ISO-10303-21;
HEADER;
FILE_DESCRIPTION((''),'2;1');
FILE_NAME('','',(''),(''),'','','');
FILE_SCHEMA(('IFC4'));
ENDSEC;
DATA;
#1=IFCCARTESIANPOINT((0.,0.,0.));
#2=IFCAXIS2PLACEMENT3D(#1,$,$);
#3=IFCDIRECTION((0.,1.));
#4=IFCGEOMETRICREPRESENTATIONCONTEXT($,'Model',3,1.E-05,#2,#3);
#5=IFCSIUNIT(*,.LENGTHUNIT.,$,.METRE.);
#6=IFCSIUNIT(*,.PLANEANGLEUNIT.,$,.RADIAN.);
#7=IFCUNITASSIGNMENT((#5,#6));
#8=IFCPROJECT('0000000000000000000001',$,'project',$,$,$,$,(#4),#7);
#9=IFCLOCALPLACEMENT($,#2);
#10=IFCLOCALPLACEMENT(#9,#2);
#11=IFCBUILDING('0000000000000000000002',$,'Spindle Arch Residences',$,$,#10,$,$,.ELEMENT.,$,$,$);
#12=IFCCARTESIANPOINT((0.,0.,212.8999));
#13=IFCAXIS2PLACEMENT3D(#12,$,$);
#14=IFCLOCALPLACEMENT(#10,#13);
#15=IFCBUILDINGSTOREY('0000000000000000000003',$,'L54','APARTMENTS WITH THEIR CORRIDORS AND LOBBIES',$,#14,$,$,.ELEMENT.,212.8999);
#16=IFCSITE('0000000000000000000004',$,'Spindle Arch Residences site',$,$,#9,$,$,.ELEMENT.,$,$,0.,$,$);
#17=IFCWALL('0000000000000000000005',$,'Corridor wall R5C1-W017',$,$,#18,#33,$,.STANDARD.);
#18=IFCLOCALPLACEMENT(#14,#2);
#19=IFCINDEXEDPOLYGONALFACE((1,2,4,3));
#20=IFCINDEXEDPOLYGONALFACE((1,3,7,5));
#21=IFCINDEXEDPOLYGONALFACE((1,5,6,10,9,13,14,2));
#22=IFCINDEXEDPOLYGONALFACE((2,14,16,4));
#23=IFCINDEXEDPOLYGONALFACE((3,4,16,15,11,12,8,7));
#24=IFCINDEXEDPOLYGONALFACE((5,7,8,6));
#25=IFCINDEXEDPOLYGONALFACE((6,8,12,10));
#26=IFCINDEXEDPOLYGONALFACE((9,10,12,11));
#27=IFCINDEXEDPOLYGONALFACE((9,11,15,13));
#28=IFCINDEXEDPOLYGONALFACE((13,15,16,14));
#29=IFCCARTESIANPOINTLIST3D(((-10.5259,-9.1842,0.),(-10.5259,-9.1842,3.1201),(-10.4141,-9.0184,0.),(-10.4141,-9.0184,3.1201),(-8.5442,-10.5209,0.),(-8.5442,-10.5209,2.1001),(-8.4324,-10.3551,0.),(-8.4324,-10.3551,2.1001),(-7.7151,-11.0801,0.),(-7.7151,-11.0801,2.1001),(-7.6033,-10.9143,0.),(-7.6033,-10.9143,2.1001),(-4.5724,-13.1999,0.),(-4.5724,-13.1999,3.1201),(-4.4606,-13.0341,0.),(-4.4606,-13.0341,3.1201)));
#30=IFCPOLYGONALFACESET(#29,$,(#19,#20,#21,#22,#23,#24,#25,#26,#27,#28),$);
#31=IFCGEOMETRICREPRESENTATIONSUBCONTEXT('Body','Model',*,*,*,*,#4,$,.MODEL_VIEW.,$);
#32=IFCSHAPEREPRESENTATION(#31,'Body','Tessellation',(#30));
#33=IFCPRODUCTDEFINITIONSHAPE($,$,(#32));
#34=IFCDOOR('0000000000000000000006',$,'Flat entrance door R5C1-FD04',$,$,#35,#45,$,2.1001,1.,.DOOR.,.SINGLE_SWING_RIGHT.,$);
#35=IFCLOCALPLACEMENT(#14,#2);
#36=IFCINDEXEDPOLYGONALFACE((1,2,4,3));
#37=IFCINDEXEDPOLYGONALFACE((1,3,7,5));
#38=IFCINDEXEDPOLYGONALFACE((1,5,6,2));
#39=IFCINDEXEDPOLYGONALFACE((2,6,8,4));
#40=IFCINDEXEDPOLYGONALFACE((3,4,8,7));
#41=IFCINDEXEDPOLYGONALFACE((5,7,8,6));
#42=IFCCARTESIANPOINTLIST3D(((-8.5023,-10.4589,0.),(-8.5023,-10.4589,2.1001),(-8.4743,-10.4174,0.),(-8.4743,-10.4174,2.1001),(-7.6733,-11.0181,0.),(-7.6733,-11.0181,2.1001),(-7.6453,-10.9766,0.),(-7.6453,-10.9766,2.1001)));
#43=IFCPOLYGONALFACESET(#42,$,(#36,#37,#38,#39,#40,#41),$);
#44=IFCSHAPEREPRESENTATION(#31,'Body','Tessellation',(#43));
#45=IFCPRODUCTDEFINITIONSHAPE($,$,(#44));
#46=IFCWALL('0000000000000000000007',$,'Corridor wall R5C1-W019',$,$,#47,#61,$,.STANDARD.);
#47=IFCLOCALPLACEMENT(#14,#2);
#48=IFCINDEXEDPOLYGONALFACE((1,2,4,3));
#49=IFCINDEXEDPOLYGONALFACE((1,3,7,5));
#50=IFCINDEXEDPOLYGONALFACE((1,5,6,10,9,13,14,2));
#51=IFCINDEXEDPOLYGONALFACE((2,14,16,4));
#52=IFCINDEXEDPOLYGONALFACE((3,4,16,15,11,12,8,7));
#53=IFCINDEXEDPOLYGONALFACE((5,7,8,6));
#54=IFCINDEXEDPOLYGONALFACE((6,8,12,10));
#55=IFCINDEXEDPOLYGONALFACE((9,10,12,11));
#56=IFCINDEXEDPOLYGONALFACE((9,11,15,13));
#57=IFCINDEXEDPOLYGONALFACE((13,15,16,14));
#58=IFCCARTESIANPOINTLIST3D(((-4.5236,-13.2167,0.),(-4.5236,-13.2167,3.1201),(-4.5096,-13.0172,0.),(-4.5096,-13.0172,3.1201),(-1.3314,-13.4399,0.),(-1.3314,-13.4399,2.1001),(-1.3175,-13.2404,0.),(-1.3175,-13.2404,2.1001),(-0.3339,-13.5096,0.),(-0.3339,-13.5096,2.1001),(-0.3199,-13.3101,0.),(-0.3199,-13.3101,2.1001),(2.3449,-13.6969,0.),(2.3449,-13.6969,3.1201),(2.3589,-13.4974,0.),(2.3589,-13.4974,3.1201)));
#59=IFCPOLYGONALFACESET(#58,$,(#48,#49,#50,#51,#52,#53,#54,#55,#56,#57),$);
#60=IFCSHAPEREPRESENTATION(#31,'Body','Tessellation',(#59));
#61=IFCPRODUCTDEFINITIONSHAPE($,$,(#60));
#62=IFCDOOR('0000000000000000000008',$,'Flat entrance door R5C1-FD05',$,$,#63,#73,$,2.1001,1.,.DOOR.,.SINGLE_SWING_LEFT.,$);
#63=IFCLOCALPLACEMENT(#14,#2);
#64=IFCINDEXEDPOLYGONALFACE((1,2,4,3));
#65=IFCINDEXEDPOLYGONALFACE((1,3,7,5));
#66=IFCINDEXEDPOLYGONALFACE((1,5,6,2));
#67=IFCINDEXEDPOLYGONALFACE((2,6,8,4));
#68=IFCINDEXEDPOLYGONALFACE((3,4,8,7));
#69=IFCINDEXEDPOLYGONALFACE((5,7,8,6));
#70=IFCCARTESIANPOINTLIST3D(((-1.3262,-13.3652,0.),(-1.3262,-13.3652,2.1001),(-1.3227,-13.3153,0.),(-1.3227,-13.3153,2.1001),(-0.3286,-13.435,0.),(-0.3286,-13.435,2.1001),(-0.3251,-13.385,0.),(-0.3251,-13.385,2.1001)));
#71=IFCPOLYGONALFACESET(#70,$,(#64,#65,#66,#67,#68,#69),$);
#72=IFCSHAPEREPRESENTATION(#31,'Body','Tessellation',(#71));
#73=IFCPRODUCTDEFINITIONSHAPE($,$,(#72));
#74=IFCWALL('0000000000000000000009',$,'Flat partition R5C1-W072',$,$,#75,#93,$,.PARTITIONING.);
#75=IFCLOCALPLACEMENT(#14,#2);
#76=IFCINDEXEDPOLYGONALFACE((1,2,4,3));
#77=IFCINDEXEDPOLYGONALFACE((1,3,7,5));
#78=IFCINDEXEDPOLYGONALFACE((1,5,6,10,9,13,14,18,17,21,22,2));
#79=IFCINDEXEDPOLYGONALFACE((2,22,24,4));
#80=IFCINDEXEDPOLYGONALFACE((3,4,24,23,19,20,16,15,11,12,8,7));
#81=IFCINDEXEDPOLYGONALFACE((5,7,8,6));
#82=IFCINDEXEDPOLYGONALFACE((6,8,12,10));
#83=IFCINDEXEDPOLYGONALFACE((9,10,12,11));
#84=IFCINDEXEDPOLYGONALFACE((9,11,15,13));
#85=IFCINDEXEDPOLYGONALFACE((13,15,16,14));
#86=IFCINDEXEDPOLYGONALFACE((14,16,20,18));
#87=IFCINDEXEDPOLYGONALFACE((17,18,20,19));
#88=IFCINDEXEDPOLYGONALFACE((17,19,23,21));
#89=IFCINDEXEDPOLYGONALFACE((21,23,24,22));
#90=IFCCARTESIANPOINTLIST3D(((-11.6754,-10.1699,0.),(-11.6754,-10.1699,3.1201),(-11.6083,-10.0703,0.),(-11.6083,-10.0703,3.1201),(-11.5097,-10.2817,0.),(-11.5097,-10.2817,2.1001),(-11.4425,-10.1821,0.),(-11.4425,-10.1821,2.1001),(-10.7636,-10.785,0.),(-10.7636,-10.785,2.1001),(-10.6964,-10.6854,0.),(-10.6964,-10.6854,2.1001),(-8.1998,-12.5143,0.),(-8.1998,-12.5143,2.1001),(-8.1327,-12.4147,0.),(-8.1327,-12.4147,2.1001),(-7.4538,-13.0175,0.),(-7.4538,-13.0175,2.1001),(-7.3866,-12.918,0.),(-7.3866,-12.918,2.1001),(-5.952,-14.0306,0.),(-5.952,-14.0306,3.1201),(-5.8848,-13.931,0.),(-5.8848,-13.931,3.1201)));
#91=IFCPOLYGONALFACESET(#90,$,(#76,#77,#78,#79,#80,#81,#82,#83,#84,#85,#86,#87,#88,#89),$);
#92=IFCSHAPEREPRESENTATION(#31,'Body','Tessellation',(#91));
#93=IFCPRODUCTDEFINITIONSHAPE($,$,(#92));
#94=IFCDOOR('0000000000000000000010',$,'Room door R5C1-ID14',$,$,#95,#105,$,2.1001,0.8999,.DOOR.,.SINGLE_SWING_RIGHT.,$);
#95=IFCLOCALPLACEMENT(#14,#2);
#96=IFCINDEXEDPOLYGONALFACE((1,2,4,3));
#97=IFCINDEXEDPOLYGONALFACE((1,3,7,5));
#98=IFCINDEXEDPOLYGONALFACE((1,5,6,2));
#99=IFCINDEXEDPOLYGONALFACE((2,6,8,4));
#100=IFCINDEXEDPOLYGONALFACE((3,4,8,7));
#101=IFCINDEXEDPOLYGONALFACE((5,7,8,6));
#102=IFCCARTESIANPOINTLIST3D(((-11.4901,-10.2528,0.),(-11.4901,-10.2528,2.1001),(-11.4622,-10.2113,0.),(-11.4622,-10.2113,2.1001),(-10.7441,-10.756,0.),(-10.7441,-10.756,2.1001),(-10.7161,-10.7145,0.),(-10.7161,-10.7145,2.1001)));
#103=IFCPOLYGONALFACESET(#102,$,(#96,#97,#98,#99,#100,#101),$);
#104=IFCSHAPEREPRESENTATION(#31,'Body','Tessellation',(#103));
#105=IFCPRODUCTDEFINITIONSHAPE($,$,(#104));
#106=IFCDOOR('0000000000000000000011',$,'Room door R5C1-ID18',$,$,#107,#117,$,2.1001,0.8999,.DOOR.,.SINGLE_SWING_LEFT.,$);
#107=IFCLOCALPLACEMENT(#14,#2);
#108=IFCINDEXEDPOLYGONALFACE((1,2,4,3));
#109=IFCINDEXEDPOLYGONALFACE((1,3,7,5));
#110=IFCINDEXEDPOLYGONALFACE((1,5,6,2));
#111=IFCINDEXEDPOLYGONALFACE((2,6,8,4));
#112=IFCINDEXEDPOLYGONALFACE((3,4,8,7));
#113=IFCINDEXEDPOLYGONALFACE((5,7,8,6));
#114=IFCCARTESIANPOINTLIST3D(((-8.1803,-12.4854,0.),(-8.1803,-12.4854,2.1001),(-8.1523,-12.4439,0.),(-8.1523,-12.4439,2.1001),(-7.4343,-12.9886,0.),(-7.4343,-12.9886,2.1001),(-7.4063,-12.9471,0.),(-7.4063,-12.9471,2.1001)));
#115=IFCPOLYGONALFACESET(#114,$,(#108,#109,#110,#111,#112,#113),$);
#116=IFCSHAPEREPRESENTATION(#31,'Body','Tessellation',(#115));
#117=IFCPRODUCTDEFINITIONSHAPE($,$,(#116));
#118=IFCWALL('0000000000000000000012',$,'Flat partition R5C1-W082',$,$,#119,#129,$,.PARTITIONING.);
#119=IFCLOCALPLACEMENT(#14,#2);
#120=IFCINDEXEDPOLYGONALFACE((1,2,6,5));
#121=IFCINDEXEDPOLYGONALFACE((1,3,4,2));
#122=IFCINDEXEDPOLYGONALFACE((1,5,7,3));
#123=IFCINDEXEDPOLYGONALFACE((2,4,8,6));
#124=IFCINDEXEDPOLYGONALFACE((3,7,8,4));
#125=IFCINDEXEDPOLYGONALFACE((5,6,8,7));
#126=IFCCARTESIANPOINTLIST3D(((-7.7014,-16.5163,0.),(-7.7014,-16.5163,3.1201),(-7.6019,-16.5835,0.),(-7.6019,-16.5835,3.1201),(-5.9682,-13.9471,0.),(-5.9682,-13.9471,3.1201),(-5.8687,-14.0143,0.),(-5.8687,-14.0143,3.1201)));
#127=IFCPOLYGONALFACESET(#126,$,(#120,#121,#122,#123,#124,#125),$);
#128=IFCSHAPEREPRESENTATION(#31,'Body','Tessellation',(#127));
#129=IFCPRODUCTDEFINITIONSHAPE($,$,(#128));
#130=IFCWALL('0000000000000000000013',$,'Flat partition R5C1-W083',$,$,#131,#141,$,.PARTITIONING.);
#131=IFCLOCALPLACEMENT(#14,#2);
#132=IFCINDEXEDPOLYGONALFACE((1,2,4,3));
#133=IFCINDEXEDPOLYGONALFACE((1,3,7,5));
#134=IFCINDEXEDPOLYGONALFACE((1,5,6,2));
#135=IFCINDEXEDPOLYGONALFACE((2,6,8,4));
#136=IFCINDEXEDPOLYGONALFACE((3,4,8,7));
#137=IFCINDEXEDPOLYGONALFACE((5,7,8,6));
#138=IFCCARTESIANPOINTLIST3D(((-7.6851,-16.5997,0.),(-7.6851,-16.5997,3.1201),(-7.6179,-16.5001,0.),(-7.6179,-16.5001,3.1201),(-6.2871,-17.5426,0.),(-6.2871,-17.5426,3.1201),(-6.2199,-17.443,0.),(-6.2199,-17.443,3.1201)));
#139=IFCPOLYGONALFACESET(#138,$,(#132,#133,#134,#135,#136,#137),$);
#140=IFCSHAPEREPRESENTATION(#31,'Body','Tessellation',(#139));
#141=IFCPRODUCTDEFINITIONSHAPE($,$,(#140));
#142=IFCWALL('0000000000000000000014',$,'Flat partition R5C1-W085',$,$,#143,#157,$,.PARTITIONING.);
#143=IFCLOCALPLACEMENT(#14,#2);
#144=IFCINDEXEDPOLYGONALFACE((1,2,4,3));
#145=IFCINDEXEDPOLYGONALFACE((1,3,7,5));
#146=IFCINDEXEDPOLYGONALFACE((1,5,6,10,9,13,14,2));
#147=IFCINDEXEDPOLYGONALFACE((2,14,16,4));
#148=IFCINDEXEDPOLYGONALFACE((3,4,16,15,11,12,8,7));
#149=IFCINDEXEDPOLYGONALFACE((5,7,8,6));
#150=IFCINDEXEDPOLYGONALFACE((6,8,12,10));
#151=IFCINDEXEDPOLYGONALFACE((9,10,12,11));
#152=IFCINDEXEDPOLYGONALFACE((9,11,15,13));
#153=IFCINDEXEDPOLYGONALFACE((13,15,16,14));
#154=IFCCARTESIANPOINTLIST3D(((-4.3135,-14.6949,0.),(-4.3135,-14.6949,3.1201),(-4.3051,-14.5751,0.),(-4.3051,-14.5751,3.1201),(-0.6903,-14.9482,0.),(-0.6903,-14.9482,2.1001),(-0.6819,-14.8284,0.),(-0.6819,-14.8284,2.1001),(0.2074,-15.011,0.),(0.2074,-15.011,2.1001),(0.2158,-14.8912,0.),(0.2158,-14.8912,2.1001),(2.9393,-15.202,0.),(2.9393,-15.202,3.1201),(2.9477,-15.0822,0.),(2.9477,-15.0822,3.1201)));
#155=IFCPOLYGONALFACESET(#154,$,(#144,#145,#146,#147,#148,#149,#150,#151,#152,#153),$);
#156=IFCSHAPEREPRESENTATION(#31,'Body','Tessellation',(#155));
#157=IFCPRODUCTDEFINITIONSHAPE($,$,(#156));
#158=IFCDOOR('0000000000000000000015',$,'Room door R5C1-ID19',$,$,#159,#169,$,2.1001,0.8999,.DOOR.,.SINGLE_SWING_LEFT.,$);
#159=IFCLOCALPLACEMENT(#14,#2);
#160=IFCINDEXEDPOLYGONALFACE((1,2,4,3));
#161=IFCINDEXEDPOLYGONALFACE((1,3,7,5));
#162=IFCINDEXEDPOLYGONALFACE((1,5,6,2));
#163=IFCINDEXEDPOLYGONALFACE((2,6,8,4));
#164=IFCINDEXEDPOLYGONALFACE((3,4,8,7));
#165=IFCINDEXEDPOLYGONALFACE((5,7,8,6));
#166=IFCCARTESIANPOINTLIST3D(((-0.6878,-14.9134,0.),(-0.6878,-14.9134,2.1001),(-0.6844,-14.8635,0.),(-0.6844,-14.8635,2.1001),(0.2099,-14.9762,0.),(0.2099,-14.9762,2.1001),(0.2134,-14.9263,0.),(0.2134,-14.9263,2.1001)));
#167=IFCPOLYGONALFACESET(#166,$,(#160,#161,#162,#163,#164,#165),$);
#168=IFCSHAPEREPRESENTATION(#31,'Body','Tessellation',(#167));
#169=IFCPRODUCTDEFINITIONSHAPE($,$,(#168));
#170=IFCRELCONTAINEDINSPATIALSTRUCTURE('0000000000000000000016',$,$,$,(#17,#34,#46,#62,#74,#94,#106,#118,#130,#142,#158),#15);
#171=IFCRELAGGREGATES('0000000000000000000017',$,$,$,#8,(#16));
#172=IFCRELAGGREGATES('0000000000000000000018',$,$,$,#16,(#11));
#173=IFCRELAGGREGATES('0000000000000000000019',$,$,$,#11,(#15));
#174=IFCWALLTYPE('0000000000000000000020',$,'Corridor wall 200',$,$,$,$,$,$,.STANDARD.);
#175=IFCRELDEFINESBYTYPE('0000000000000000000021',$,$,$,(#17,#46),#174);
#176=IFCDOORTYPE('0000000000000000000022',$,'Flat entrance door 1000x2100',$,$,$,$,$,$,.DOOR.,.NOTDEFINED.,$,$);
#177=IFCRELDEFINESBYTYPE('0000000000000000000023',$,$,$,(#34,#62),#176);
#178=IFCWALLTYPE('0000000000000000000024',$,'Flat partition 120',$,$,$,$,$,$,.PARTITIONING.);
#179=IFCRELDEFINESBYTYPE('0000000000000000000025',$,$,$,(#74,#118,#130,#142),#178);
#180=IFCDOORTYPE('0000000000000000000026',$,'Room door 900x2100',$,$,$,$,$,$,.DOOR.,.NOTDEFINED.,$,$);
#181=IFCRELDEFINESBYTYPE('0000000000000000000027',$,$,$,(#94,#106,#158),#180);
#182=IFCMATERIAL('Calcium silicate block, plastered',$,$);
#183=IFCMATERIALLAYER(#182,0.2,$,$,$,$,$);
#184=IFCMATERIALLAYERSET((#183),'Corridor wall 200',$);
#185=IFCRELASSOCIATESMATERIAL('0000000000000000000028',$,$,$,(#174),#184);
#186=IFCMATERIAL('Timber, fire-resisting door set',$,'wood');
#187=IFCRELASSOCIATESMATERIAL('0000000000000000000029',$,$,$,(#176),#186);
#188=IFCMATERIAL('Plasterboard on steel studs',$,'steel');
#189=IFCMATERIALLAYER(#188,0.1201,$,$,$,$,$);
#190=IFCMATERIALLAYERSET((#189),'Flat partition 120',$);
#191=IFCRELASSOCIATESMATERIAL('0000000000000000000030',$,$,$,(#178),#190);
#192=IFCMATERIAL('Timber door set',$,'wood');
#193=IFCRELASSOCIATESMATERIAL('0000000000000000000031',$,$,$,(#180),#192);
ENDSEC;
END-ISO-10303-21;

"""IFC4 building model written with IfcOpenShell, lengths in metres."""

from ifc_helpers import new_model, si_unit, direction, frame, frame_2d, origin, place, context, subcontext, project, spatial, rectangle, extrude, material, layer, layer_set, type_object, element, fill, save


model = new_model("IFC4")

# Units and contexts
model_context = context("Model", 3, precision=1e-05, world=origin(), true_north=direction((0.0, 1.0)))
body_context = subcontext(model_context, "Body", "Model", "MODEL_VIEW")
ifc_project = project(units=[si_unit("LENGTHUNIT", "METRE"), si_unit("PLANEANGLEUNIT", "RADIAN")], contexts=[model_context])

# Site, building, storey
site_placement = place(None, origin())
site = spatial("IfcSite", under=ifc_project, at=site_placement, Name="Spindle Arch Residences site", CompositionType="ELEMENT", RefElevation=0.0)
building_placement = place(site_placement, origin())
building = spatial("IfcBuilding", under=site, at=building_placement, Name="Spindle Arch Residences", CompositionType="ELEMENT")
storey_placement = place(building_placement, frame((0.0, 0.0, 212.8999)))
storey = spatial("IfcBuildingStorey", under=building, at=storey_placement, Name="L54", Description="APARTMENTS WITH THEIR CORRIDORS AND LOBBIES", CompositionType="ELEMENT", Elevation=212.8999)

# Walls, openings, doors
ifc_material_1 = material(Name="Calcium silicate block, plastered")
ifc_layer_1 = layer(ifc_material_1, 0.2)
ifc_layer_set_1 = layer_set([ifc_layer_1], Name="Corridor wall 200")
wall_type_1 = type_object("IfcWallType", Name="Corridor wall 200", PredefinedType="STANDARD", material=ifc_layer_set_1)
wall_1_placement = place(storey_placement, frame((-10.47, -9.1013, 0.0), z_axis=(0.0, 0.0, 1.0), x_axis=(0.829036, -0.559195, 0.0)))
wall_1 = element("IfcWall", 1, at=wall_1_placement, inside=storey, type_object=wall_type_1, Name="Corridor wall R5C1-W017", PredefinedType="STANDARD", context=body_context, shape_type="SweptSolid", body=[
    extrude(rectangle(XDim=7.1812, YDim=0.2, at=frame_2d((3.5906, 0.0))), origin(), (0.0, 0.0, 1.0), 3.1201),
])
opening_1_placement = place(wall_1_placement, frame((2.3904, 0.0, 0.0)))
opening_1 = element("IfcOpeningElement", 2, at=opening_1_placement, cuts=wall_1, PredefinedType="OPENING", context=body_context, shape_type="SweptSolid", body=[
    extrude(rectangle(XDim=1.0, YDim=2.1001, at=frame_2d((0.5, 1.05))), frame((0.0, 0.1099, 0.0), z_axis=(0.0, -1.0, 0.0), x_axis=(1.0, 0.0, 0.0)), (0.0, 0.0, 1.0), 0.22),
])
ifc_material_2 = material(Name="Timber, fire-resisting door set", Category="wood")
door_type_1 = type_object("IfcDoorType", Name="Flat entrance door 1000x2100", OperationType="NOTDEFINED", PredefinedType="DOOR", material=ifc_material_2)
door_1_placement = place(opening_1_placement, origin())
door_1 = element("IfcDoor", 3, at=door_1_placement, inside=storey, type_object=door_type_1, Name="Flat entrance door R5C1-FD04", OperationType="SINGLE_SWING_RIGHT", OverallHeight=2.1001, OverallWidth=1.0, PredefinedType="DOOR", context=body_context, shape_type="SweptSolid", body=[
    extrude(rectangle(XDim=1.0, YDim=2.1001, at=frame_2d((0.5, 1.05))), frame((0.0, 0.0249, 0.0), z_axis=(0.0, -1.0, 0.0), x_axis=(1.0, 0.0, 0.0)), (0.0, 0.0, 1.0), 0.05),
])
fill(opening_1, door_1)
wall_2_placement = place(storey_placement, frame((-4.5166, -13.1169, 0.0), z_axis=(0.0, 0.0, 1.0), x_axis=(0.997565, -0.069748, 0.0)))
wall_2 = element("IfcWall", 4, at=wall_2_placement, inside=storey, type_object=wall_type_1, Name="Corridor wall R5C1-W019", PredefinedType="STANDARD", context=body_context, shape_type="SweptSolid", body=[
    extrude(rectangle(XDim=6.8853, YDim=0.2, at=frame_2d((3.4426, 0.0))), origin(), (0.0, 0.0, 1.0), 3.1201),
])
opening_2_placement = place(wall_2_placement, frame((3.2, 0.0, 0.0)))
opening_2 = element("IfcOpeningElement", 5, at=opening_2_placement, cuts=wall_2, PredefinedType="OPENING", context=body_context, shape_type="SweptSolid", body=[
    extrude(rectangle(XDim=1.0, YDim=2.1001, at=frame_2d((0.5, 1.05))), frame((0.0, 0.1099, 0.0), z_axis=(0.0, -1.0, 0.0), x_axis=(1.0, 0.0, 0.0)), (0.0, 0.0, 1.0), 0.22),
])
door_2_placement = place(opening_2_placement, origin())
door_2 = element("IfcDoor", 6, at=door_2_placement, inside=storey, type_object=door_type_1, Name="Flat entrance door R5C1-FD05", OperationType="SINGLE_SWING_LEFT", OverallHeight=2.1001, OverallWidth=1.0, PredefinedType="DOOR", context=body_context, shape_type="SweptSolid", body=[
    extrude(rectangle(XDim=1.0, YDim=2.1001, at=frame_2d((0.5, 1.05))), frame((0.0, 0.0249, 0.0), z_axis=(0.0, -1.0, 0.0), x_axis=(1.0, 0.0, 0.0)), (0.0, 0.0, 1.0), 0.05),
])
fill(opening_2, door_2)

# Wall, openings, doors
ifc_material_3 = material(Name="Plasterboard on steel studs", Category="steel")
ifc_layer_2 = layer(ifc_material_3, 0.1201)
ifc_layer_set_2 = layer_set([ifc_layer_2], Name="Flat partition 120")
wall_type_2 = type_object("IfcWallType", Name="Flat partition 120", PredefinedType="PARTITIONING", material=ifc_layer_set_2)
wall_3_placement = place(storey_placement, frame((-11.6418, -10.1201, 0.0), z_axis=(0.0, 0.0, 1.0), x_axis=(0.829029, -0.559205, 0.0)))
wall_3 = element("IfcWall", 7, at=wall_3_placement, inside=storey, type_object=wall_type_2, Name="Flat partition R5C1-W072", PredefinedType="PARTITIONING", context=body_context, shape_type="SweptSolid", body=[
    extrude(rectangle(XDim=6.9038, YDim=0.1201, at=frame_2d((3.4519, 0.0))), origin(), (0.0, 0.0, 1.0), 3.1201),
])
opening_3_placement = place(wall_3_placement, frame((0.2, 0.0, 0.0)))
opening_3 = element("IfcOpeningElement", 8, at=opening_3_placement, cuts=wall_3, PredefinedType="OPENING", context=body_context, shape_type="SweptSolid", body=[
    extrude(rectangle(XDim=0.8999, YDim=2.1001, at=frame_2d((0.45, 1.05))), frame((0.0, 0.0701, 0.0), z_axis=(0.0, -1.0, 0.0), x_axis=(1.0, 0.0, 0.0)), (0.0, 0.0, 1.0), 0.1401),
])
opening_4_placement = place(wall_3_placement, frame((4.1924, 0.0, 0.0)))
opening_4 = element("IfcOpeningElement", 9, at=opening_4_placement, cuts=wall_3, PredefinedType="OPENING", context=body_context, shape_type="SweptSolid", body=[
    extrude(rectangle(XDim=0.8999, YDim=2.1001, at=frame_2d((0.45, 1.05))), frame((0.0, 0.0701, 0.0), z_axis=(0.0, -1.0, 0.0), x_axis=(1.0, 0.0, 0.0)), (0.0, 0.0, 1.0), 0.1401),
])
ifc_material_4 = material(Name="Timber door set", Category="wood")
door_type_2 = type_object("IfcDoorType", Name="Room door 900x2100", OperationType="NOTDEFINED", PredefinedType="DOOR", material=ifc_material_4)
door_3_placement = place(opening_3_placement, origin())
door_3 = element("IfcDoor", 10, at=door_3_placement, inside=storey, type_object=door_type_2, Name="Room door R5C1-ID14", OperationType="SINGLE_SWING_RIGHT", OverallHeight=2.1001, OverallWidth=0.8999, PredefinedType="DOOR", context=body_context, shape_type="SweptSolid", body=[
    extrude(rectangle(XDim=0.8999, YDim=2.1001, at=frame_2d((0.45, 1.05))), frame((0.0, 0.0249, 0.0), z_axis=(0.0, -1.0, 0.0), x_axis=(1.0, 0.0, 0.0)), (0.0, 0.0, 1.0), 0.05),
])
fill(opening_3, door_3)
door_4_placement = place(opening_4_placement, origin())
door_4 = element("IfcDoor", 11, at=door_4_placement, inside=storey, type_object=door_type_2, Name="Room door R5C1-ID18", OperationType="SINGLE_SWING_LEFT", OverallHeight=2.1001, OverallWidth=0.8999, PredefinedType="DOOR", context=body_context, shape_type="SweptSolid", body=[
    extrude(rectangle(XDim=0.8999, YDim=2.1001, at=frame_2d((0.45, 1.05))), frame((0.0, 0.0249, 0.0), z_axis=(0.0, -1.0, 0.0), x_axis=(1.0, 0.0, 0.0)), (0.0, 0.0, 1.0), 0.05),
])
fill(opening_4, door_4)

# Walls
wall_4_placement = place(storey_placement, frame((-5.9185, -13.9807, 0.0), z_axis=(0.0, 0.0, 1.0), x_axis=(-0.559255, -0.828996, 0.0)))
element("IfcWall", 12, at=wall_4_placement, inside=storey, type_object=wall_type_2, Name="Flat partition R5C1-W082", PredefinedType="PARTITIONING", context=body_context, shape_type="SweptSolid", body=[
    extrude(rectangle(XDim=3.0991, YDim=0.1201, at=frame_2d((1.5496, 0.0))), origin(), (0.0, 0.0, 1.0), 3.1201),
])
wall_5_placement = place(storey_placement, frame((-7.6516, -16.5498, 0.0), z_axis=(0.0, 0.0, 1.0), x_axis=(0.829053, -0.559169, 0.0)))
element("IfcWall", 13, at=wall_5_placement, inside=storey, type_object=wall_type_2, Name="Flat partition R5C1-W083", PredefinedType="PARTITIONING", context=body_context, shape_type="SweptSolid", body=[
    extrude(rectangle(XDim=1.6863, YDim=0.1201, at=frame_2d((0.8433, 0.0))), origin(), (0.0, 0.0, 1.0), 3.1201),
])

# Wall, opening, door
wall_6_placement = place(storey_placement, frame((-4.3093, -14.635, 0.0), z_axis=(0.0, 0.0, 1.0), x_axis=(0.997565, -0.069746, 0.0)))
wall_6 = element("IfcWall", 14, at=wall_6_placement, inside=storey, type_object=wall_type_2, Name="Flat partition R5C1-W085", PredefinedType="PARTITIONING", context=body_context, shape_type="SweptSolid", body=[
    extrude(rectangle(XDim=7.2705, YDim=0.1201, at=frame_2d((3.6353, 0.0))), origin(), (0.0, 0.0, 1.0), 3.1201),
])
opening_5_placement = place(wall_6_placement, frame((3.6321, 0.0, 0.0)))
opening_5 = element("IfcOpeningElement", 15, at=opening_5_placement, cuts=wall_6, PredefinedType="OPENING", context=body_context, shape_type="SweptSolid", body=[
    extrude(rectangle(XDim=0.8999, YDim=2.1001, at=frame_2d((0.45, 1.05))), frame((0.0, 0.0701, 0.0), z_axis=(0.0, -1.0, 0.0), x_axis=(1.0, 0.0, 0.0)), (0.0, 0.0, 1.0), 0.1401),
])
door_5_placement = place(opening_5_placement, origin())
door_5 = element("IfcDoor", 16, at=door_5_placement, inside=storey, type_object=door_type_2, Name="Room door R5C1-ID19", OperationType="SINGLE_SWING_LEFT", OverallHeight=2.1001, OverallWidth=0.8999, PredefinedType="DOOR", context=body_context, shape_type="SweptSolid", body=[
    extrude(rectangle(XDim=0.8999, YDim=2.1001, at=frame_2d((0.45, 1.05))), frame((0.0, 0.0249, 0.0), z_axis=(0.0, -1.0, 0.0), x_axis=(1.0, 0.0, 0.0)), (0.0, 0.0, 1.0), 0.05),
])
fill(opening_5, door_5)

save(model, "model.ifc")
